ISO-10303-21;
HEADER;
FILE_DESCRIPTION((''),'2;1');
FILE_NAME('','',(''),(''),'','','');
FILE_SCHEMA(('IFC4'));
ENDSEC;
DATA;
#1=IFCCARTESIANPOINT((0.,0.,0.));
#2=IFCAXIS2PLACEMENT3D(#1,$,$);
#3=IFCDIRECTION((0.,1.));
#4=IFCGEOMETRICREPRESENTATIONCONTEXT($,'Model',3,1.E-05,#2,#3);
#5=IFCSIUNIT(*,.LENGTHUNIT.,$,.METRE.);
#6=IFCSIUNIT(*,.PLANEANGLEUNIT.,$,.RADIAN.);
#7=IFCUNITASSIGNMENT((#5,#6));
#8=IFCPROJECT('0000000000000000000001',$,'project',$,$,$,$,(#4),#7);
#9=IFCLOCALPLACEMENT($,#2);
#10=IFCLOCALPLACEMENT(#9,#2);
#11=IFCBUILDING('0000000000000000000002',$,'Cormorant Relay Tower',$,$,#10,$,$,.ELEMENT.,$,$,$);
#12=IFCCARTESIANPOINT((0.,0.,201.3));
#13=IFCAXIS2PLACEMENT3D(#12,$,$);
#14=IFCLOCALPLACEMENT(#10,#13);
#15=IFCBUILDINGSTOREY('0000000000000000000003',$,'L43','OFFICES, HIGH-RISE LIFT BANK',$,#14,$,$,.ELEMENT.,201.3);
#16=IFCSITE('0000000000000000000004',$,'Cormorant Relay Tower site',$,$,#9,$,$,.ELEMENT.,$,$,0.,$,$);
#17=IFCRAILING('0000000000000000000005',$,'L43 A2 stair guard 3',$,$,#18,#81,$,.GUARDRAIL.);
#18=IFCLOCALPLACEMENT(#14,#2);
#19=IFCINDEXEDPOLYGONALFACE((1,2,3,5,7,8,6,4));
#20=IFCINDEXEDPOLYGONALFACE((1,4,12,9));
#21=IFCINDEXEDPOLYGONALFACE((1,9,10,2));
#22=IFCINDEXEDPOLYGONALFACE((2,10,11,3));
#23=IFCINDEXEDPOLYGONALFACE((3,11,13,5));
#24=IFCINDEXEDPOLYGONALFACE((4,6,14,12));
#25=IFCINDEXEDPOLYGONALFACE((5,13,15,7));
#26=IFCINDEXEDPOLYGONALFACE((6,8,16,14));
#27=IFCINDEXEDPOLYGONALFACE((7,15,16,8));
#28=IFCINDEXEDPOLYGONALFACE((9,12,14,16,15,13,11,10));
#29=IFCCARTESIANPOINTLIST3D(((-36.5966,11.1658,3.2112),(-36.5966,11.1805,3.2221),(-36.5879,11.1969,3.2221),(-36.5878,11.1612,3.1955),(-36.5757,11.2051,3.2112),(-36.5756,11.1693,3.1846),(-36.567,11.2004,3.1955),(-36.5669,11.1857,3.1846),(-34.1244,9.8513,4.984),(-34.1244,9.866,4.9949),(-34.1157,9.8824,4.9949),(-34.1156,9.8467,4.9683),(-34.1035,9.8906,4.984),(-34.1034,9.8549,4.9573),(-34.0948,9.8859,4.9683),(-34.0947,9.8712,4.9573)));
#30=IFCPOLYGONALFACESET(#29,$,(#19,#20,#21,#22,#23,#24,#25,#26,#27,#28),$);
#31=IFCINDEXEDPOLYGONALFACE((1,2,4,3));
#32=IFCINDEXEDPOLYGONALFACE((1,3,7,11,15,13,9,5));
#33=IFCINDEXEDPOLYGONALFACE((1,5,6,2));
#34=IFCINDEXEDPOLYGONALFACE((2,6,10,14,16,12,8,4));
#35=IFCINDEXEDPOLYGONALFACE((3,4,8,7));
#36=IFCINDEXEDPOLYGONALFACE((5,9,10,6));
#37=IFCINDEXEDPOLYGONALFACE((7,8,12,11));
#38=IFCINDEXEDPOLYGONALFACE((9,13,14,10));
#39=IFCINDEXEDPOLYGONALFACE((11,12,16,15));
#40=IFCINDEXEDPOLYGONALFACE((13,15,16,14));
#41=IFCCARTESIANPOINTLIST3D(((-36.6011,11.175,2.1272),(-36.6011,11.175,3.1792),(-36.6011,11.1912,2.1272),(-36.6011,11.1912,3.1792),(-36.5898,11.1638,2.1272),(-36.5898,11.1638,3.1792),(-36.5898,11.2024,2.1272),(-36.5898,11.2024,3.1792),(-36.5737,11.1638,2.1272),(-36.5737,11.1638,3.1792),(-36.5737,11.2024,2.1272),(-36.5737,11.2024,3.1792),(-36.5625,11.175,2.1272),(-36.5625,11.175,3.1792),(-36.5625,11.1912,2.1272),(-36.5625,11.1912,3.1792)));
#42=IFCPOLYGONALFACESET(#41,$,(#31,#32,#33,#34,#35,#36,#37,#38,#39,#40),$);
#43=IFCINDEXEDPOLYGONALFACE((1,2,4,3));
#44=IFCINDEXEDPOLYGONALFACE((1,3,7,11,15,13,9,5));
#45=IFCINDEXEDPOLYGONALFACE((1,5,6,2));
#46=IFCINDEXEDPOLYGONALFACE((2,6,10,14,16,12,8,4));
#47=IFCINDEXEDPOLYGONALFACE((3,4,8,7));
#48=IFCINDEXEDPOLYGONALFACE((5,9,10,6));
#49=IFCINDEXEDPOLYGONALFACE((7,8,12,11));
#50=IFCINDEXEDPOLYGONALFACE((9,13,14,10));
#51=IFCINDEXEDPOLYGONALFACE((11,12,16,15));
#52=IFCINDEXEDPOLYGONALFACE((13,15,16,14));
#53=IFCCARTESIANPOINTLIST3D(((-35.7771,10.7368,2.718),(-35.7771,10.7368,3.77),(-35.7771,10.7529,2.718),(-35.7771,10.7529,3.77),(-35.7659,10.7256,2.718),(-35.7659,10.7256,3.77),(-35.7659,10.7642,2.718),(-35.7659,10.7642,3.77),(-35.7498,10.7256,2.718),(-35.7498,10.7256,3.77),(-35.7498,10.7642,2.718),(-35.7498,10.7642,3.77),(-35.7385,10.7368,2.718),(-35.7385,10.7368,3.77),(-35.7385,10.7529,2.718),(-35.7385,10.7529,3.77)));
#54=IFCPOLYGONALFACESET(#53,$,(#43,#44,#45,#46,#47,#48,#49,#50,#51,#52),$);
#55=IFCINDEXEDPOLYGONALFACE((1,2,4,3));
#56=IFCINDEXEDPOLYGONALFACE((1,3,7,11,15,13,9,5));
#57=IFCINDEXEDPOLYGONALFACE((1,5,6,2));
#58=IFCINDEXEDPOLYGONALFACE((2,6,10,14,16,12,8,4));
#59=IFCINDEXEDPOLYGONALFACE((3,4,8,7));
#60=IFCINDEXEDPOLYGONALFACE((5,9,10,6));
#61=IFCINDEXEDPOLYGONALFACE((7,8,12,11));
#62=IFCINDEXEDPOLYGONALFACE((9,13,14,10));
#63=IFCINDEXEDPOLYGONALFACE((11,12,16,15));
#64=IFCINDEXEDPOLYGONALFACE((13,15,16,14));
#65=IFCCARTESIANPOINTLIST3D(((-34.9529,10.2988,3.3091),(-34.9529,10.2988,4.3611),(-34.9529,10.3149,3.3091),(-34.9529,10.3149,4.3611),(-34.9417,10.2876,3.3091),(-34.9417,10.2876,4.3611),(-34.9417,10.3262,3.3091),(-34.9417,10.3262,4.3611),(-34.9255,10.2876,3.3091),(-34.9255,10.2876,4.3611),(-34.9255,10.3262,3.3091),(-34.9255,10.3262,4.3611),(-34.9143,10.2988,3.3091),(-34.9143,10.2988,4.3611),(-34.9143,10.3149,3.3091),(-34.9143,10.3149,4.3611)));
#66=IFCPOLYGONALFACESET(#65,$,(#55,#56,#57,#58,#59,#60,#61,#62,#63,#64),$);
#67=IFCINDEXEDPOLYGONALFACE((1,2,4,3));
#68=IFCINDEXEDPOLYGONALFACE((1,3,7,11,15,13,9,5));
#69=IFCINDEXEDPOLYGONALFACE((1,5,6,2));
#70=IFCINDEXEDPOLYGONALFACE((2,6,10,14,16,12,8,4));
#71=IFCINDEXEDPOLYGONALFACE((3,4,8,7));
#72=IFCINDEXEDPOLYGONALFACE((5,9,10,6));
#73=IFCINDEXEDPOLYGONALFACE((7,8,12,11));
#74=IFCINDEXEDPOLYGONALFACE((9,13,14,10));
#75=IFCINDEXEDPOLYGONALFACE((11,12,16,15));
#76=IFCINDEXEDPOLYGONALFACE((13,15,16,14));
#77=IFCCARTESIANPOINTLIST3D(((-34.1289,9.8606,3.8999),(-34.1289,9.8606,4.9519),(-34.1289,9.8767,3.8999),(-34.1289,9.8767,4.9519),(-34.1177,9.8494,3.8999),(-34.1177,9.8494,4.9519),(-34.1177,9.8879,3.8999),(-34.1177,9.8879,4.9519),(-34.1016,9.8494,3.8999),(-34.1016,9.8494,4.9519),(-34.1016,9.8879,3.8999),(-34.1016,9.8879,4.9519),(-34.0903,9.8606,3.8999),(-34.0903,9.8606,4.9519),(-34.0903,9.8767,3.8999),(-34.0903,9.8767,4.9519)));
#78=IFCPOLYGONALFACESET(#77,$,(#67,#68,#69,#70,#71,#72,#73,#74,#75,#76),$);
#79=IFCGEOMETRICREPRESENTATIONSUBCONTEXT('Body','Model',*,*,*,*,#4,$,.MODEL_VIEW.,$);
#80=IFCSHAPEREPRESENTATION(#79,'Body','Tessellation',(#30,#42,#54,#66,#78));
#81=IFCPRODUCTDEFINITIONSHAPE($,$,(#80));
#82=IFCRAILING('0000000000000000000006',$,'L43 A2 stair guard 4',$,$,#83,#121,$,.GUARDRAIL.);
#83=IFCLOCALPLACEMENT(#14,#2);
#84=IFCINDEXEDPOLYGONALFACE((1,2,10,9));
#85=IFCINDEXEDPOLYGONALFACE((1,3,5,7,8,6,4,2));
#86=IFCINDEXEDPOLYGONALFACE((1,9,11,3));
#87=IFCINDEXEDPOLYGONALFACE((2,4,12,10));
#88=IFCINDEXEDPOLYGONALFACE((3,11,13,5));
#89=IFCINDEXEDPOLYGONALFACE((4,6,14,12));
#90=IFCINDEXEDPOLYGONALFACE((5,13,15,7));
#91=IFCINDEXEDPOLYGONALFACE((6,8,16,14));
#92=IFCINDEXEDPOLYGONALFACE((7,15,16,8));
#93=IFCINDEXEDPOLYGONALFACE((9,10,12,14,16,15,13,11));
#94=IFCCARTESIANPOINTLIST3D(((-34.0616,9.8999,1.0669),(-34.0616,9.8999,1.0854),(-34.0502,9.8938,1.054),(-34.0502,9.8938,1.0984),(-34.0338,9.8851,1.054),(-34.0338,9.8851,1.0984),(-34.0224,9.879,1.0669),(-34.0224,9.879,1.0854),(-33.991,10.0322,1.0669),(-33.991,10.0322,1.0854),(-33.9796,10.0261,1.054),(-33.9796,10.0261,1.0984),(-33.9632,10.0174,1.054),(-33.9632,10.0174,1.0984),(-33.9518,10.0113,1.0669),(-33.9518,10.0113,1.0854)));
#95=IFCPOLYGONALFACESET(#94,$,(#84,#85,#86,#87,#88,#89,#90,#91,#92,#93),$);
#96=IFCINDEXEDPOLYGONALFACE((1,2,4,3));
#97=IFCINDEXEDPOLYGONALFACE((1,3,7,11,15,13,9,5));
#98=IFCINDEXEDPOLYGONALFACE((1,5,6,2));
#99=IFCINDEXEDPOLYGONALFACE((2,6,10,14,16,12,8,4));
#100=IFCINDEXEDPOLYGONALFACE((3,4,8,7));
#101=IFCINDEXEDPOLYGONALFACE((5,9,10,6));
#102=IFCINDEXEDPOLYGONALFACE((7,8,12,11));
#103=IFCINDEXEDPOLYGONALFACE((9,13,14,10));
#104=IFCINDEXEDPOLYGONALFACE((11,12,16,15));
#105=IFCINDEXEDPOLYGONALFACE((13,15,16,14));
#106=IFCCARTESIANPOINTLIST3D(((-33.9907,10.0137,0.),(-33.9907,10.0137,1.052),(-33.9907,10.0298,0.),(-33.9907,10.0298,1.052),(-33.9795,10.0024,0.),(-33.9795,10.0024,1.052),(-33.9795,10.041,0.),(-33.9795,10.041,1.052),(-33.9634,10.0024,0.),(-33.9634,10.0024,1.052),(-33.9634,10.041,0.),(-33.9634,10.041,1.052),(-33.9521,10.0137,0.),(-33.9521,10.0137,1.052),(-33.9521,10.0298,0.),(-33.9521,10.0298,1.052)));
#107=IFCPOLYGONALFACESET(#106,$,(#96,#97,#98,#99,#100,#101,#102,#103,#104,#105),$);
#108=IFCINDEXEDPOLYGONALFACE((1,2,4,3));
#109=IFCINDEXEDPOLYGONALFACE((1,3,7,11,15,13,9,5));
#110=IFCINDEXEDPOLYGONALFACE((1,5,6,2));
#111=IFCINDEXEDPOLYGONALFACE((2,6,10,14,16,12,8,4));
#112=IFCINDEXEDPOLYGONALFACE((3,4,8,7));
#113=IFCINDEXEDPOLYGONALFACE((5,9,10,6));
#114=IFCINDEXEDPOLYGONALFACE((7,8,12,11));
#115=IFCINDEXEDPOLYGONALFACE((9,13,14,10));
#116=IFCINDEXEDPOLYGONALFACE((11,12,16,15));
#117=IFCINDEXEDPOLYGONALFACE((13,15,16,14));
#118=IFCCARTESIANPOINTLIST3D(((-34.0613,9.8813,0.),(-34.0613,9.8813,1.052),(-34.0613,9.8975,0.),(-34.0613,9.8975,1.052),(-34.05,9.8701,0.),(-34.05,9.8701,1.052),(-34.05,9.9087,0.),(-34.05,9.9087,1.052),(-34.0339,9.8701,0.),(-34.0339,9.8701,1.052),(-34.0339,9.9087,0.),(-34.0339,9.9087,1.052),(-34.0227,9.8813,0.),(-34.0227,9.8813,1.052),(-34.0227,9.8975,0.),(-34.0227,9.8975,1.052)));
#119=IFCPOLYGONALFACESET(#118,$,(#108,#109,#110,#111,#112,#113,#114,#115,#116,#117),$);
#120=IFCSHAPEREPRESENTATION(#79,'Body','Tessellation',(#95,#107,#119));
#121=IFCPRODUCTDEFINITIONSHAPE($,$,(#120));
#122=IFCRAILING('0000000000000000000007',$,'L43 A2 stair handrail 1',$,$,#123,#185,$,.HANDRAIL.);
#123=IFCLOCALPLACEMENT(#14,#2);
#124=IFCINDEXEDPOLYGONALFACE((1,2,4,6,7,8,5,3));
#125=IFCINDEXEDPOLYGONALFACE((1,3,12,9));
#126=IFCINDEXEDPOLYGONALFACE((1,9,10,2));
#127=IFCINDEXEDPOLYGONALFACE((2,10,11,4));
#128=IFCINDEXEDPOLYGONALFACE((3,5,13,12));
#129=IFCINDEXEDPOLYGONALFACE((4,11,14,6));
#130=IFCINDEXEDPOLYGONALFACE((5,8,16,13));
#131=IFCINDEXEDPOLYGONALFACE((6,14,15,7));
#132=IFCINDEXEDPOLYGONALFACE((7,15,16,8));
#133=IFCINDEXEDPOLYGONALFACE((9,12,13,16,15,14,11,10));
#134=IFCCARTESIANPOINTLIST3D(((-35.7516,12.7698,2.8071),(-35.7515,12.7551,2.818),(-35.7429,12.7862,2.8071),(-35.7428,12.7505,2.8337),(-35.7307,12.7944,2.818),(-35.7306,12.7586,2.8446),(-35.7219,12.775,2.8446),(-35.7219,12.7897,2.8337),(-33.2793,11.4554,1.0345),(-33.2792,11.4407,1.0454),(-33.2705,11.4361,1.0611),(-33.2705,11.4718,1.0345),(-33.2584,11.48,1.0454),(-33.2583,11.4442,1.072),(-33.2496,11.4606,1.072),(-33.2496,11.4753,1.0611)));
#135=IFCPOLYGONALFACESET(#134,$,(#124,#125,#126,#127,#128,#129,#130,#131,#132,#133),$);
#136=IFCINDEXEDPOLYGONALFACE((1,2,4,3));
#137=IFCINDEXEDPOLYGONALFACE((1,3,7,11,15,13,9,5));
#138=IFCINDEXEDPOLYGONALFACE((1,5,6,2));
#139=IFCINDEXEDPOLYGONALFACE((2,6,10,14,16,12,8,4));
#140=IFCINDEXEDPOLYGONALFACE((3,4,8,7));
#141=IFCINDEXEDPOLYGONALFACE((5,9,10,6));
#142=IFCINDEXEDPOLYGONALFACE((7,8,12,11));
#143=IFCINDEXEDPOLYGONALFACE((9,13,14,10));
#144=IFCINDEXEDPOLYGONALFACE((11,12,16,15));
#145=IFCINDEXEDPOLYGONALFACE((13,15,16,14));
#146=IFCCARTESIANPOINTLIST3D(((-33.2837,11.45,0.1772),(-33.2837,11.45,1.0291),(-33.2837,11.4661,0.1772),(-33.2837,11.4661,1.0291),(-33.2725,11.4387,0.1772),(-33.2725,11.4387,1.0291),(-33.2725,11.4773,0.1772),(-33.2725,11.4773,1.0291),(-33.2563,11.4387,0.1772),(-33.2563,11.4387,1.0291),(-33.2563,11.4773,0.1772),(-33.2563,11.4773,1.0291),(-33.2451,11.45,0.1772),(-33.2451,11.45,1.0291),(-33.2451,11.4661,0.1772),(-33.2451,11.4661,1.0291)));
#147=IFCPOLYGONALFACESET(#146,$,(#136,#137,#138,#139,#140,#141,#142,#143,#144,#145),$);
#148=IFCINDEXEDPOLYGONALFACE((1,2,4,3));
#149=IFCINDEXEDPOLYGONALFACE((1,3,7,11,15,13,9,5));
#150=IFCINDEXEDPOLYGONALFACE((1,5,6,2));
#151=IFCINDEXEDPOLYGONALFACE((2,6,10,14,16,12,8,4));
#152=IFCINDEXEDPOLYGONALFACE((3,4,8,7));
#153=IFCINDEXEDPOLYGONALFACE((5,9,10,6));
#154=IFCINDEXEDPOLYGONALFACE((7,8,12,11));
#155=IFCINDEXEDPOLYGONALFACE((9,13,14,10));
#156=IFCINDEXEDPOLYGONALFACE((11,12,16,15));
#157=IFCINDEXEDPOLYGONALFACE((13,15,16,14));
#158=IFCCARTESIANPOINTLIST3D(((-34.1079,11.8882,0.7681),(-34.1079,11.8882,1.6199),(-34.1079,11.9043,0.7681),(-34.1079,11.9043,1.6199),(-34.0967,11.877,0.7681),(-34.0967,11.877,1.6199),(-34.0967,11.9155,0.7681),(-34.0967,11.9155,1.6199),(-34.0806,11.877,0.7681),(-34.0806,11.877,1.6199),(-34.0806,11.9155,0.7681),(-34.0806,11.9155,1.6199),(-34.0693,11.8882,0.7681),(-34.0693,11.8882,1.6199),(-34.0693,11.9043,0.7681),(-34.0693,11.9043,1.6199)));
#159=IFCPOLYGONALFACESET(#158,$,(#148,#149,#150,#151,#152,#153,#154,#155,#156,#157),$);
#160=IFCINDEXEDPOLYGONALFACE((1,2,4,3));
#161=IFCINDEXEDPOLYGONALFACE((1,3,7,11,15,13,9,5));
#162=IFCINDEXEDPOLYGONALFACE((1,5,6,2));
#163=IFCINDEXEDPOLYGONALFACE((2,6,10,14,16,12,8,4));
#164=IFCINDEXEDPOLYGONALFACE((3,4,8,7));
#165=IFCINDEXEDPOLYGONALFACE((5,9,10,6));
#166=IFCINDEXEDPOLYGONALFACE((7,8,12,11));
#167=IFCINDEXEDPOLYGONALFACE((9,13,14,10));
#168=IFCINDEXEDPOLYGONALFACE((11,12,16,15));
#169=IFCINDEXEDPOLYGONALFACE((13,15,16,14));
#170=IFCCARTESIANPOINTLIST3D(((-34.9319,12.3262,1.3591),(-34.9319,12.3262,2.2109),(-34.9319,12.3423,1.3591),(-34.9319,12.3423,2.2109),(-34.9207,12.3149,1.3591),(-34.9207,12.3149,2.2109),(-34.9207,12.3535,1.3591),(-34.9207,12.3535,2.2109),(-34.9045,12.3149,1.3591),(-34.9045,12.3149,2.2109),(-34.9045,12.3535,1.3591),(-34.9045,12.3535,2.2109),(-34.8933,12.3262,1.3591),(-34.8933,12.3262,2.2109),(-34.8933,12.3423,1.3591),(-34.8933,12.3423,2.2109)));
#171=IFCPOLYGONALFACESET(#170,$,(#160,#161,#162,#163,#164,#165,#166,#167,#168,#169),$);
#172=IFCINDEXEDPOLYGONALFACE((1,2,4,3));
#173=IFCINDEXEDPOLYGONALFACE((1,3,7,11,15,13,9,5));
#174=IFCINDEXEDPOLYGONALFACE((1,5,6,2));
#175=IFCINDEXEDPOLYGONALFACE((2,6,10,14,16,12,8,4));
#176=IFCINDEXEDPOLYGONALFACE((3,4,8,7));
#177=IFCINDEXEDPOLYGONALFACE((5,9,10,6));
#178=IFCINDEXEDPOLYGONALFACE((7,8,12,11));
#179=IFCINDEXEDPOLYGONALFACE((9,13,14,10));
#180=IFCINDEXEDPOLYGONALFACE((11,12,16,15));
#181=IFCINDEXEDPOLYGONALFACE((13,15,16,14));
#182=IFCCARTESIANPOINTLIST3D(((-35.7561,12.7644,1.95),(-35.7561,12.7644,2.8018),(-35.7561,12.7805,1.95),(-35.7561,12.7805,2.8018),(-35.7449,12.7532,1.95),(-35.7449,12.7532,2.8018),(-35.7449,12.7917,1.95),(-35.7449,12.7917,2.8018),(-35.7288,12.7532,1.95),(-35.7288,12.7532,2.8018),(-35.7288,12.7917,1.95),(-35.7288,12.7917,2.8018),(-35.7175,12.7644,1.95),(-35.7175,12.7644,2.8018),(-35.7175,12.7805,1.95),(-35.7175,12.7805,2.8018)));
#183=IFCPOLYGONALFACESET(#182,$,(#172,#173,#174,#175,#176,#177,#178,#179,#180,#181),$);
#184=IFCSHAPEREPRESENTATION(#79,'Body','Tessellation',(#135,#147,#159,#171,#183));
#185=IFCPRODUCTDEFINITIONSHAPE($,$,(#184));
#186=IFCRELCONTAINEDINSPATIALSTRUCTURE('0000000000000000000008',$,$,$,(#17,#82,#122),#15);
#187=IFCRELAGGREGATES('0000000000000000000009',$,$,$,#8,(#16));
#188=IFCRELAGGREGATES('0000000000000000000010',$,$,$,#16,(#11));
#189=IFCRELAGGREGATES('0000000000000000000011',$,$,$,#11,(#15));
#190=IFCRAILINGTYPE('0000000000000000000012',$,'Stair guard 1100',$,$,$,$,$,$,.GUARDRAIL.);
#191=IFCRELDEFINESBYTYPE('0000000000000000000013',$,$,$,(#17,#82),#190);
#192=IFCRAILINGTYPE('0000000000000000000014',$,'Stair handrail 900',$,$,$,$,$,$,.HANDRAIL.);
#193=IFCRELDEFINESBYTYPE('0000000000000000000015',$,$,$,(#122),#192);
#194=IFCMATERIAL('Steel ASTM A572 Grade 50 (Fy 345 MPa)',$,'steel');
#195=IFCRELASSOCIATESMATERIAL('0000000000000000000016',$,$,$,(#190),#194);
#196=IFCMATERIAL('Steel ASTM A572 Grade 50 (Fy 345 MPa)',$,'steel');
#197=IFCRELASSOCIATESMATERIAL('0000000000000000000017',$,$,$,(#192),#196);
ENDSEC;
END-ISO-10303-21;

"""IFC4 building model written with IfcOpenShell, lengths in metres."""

from ifc_helpers import new_model, si_unit, direction, frame, origin, place, context, subcontext, project, spatial, polyline, outline, extrude, material, type_object, element, save


model = new_model("IFC4")

# Units and contexts
model_context = context("Model", 3, precision=1e-05, world=origin(), true_north=direction((0.0, 1.0)))
body_context = subcontext(model_context, "Body", "Model", "MODEL_VIEW")
ifc_project = project(units=[si_unit("LENGTHUNIT", "METRE"), si_unit("PLANEANGLEUNIT", "RADIAN")], contexts=[model_context])

# Site, building, storey
site_placement = place(None, origin())
site = spatial("IfcSite", under=ifc_project, at=site_placement, Name="Cormorant Relay Tower site", CompositionType="ELEMENT", RefElevation=0.0)
building_placement = place(site_placement, origin())
building = spatial("IfcBuilding", under=site, at=building_placement, Name="Cormorant Relay Tower", CompositionType="ELEMENT")
storey_placement = place(building_placement, frame((0.0, 0.0, 201.3)))
storey = spatial("IfcBuildingStorey", under=building, at=storey_placement, Name="L43", Description="OFFICES, HIGH-RISE LIFT BANK", CompositionType="ELEMENT", Elevation=201.3)

# Railings
ifc_material_1 = material(Name="Steel ASTM A572 Grade 50 (Fy 345 MPa)", Category="steel")
railing_type_1 = type_object("IfcRailingType", Name="Stair guard 1100", PredefinedType="GUARDRAIL", material=ifc_material_1)
railing_1_placement = place(storey_placement, frame((-36.5818, 11.1831, 2.1272)))
element("IfcRailing", 1, at=railing_1_placement, inside=storey, type_object=railing_type_1, Name="L43 A2 stair guard 3", PredefinedType="GUARDRAIL", context=body_context, shape_type="SweptSolid", body=[
    extrude(outline(polyline([(0.0222, 0.0093), (0.0093, 0.0222), (-0.0093, 0.0222), (-0.0222, 0.0093), (-0.0222, -0.0093), (-0.0093, -0.0222), (0.0093, -0.0222), (0.0222, -0.0093), (0.0222, 0.0093)])), frame((0.0, 0.0, 1.0762), z_axis=(0.746001, -0.396649, 0.534931), x_axis=(0.469465, 0.882951, 0.0)), (0.0, 0.0, 1.0), 3.314),
    extrude(outline(polyline([(0.0193, 0.0081), (0.0081, 0.0193), (-0.0081, 0.0193), (-0.0193, 0.0081), (-0.0193, -0.0081), (-0.0081, -0.0193), (0.0081, -0.0193), (0.0193, -0.0081), (0.0193, 0.0081)])), origin(), (0.0, 0.0, 1.0), 1.052),
    extrude(outline(polyline([(0.0193, 0.0081), (0.0081, 0.0193), (-0.0081, 0.0193), (-0.0193, 0.0081), (-0.0193, -0.0081), (-0.0081, -0.0193), (0.0081, -0.0193), (0.0193, -0.0081), (0.0193, 0.0081)])), frame((0.824, -0.4382, 0.5908)), (0.0, 0.0, 1.0), 1.052),
    extrude(outline(polyline([(0.0193, 0.0081), (0.0081, 0.0193), (-0.0081, 0.0193), (-0.0193, 0.0081), (-0.0193, -0.0081), (-0.0081, -0.0193), (0.0081, -0.0193), (0.0193, -0.0081), (0.0193, 0.0081)])), frame((1.6482, -0.8762, 1.1819)), (0.0, 0.0, 1.0), 1.052),
    extrude(outline(polyline([(0.0193, 0.0081), (0.0081, 0.0193), (-0.0081, 0.0193), (-0.0193, 0.0081), (-0.0193, -0.0081), (-0.0081, -0.0193), (0.0081, -0.0193), (0.0193, -0.0081), (0.0193, 0.0081)])), frame((2.4722, -1.3145, 1.7727)), (0.0, 0.0, 1.0), 1.052),
])
railing_2_placement = place(storey_placement, frame((-33.9714, 10.0217, 0.0)))
element("IfcRailing", 2, at=railing_2_placement, inside=storey, type_object=railing_type_1, Name="L43 A2 stair guard 4", PredefinedType="GUARDRAIL", context=body_context, shape_type="SweptSolid", body=[
    extrude(outline(polyline([(0.0222, 0.0093), (0.0093, 0.0222), (-0.0093, 0.0222), (-0.0222, 0.0093), (-0.0222, -0.0093), (-0.0093, -0.0222), (0.0093, -0.0222), (0.0222, -0.0093), (0.0222, 0.0093)])), frame((0.0, 0.0, 1.0762), z_axis=(-0.470504, -0.882398, 0.0), x_axis=(0.882398, -0.470504, 0.0)), (0.0, 0.0, 1.0), 0.1499),
    extrude(outline(polyline([(0.0193, 0.0081), (0.0081, 0.0193), (-0.0081, 0.0193), (-0.0193, 0.0081), (-0.0193, -0.0081), (-0.0081, -0.0193), (0.0081, -0.0193), (0.0193, -0.0081), (0.0193, 0.0081)])), origin(), (0.0, 0.0, 1.0), 1.052),
    extrude(outline(polyline([(0.0193, 0.0081), (0.0081, 0.0193), (-0.0081, 0.0193), (-0.0193, 0.0081), (-0.0193, -0.0081), (-0.0081, -0.0193), (0.0081, -0.0193), (0.0193, -0.0081), (0.0193, 0.0081)])), frame((-0.0706, -0.1323, 0.0)), (0.0, 0.0, 1.0), 1.052),
])
ifc_material_2 = material(Name="Steel ASTM A572 Grade 50 (Fy 345 MPa)", Category="steel")
railing_type_2 = type_object("IfcRailingType", Name="Stair handrail 900", PredefinedType="HANDRAIL", material=ifc_material_2)
railing_3_placement = place(storey_placement, frame((-33.2644, 11.458, 0.1772)))
element("IfcRailing", 3, at=railing_3_placement, inside=storey, type_object=railing_type_2, Name="L43 A2 stair handrail 1", PredefinedType="HANDRAIL", context=body_context, shape_type="SweptSolid", body=[
    extrude(outline(polyline([(0.0222, 0.0093), (0.0093, 0.0222), (-0.0093, 0.0222), (-0.0222, 0.0093), (-0.0222, -0.0093), (-0.0093, -0.0222), (0.0093, -0.0222), (0.0222, -0.0093), (0.0222, 0.0093)])), frame((0.0, 0.0, 0.876), z_axis=(-0.746034, 0.396627, 0.534902), x_axis=(-0.469429, -0.88297, 0.0)), (0.0, 0.0, 1.0), 3.314),
    extrude(outline(polyline([(0.0193, 0.0081), (0.0081, 0.0193), (-0.0081, 0.0193), (-0.0193, 0.0081), (-0.0193, -0.0081), (-0.0081, -0.0193), (0.0081, -0.0193), (0.0193, -0.0081), (0.0193, 0.0081)])), origin(), (0.0, 0.0, 1.0), 0.8518),
    extrude(outline(polyline([(0.0193, 0.0081), (0.0081, 0.0193), (-0.0081, 0.0193), (-0.0193, 0.0081), (-0.0193, -0.0081), (-0.0081, -0.0193), (0.0081, -0.0193), (0.0193, -0.0081), (0.0193, 0.0081)])), frame((-0.8242, 0.4382, 0.5908)), (0.0, 0.0, 1.0), 0.8518),
    extrude(outline(polyline([(0.0193, 0.0081), (0.0081, 0.0193), (-0.0081, 0.0193), (-0.0193, 0.0081), (-0.0193, -0.0081), (-0.0081, -0.0193), (0.0081, -0.0193), (0.0193, -0.0081), (0.0193, 0.0081)])), frame((-1.6482, 0.8762, 1.1819)), (0.0, 0.0, 1.0), 0.8518),
    extrude(outline(polyline([(0.0193, 0.0081), (0.0081, 0.0193), (-0.0081, 0.0193), (-0.0193, 0.0081), (-0.0193, -0.0081), (-0.0081, -0.0193), (0.0081, -0.0193), (0.0193, -0.0081), (0.0193, 0.0081)])), frame((-2.4724, 1.3145, 1.7727)), (0.0, 0.0, 1.0), 0.8518),
])

save(model, "model.ifc")
